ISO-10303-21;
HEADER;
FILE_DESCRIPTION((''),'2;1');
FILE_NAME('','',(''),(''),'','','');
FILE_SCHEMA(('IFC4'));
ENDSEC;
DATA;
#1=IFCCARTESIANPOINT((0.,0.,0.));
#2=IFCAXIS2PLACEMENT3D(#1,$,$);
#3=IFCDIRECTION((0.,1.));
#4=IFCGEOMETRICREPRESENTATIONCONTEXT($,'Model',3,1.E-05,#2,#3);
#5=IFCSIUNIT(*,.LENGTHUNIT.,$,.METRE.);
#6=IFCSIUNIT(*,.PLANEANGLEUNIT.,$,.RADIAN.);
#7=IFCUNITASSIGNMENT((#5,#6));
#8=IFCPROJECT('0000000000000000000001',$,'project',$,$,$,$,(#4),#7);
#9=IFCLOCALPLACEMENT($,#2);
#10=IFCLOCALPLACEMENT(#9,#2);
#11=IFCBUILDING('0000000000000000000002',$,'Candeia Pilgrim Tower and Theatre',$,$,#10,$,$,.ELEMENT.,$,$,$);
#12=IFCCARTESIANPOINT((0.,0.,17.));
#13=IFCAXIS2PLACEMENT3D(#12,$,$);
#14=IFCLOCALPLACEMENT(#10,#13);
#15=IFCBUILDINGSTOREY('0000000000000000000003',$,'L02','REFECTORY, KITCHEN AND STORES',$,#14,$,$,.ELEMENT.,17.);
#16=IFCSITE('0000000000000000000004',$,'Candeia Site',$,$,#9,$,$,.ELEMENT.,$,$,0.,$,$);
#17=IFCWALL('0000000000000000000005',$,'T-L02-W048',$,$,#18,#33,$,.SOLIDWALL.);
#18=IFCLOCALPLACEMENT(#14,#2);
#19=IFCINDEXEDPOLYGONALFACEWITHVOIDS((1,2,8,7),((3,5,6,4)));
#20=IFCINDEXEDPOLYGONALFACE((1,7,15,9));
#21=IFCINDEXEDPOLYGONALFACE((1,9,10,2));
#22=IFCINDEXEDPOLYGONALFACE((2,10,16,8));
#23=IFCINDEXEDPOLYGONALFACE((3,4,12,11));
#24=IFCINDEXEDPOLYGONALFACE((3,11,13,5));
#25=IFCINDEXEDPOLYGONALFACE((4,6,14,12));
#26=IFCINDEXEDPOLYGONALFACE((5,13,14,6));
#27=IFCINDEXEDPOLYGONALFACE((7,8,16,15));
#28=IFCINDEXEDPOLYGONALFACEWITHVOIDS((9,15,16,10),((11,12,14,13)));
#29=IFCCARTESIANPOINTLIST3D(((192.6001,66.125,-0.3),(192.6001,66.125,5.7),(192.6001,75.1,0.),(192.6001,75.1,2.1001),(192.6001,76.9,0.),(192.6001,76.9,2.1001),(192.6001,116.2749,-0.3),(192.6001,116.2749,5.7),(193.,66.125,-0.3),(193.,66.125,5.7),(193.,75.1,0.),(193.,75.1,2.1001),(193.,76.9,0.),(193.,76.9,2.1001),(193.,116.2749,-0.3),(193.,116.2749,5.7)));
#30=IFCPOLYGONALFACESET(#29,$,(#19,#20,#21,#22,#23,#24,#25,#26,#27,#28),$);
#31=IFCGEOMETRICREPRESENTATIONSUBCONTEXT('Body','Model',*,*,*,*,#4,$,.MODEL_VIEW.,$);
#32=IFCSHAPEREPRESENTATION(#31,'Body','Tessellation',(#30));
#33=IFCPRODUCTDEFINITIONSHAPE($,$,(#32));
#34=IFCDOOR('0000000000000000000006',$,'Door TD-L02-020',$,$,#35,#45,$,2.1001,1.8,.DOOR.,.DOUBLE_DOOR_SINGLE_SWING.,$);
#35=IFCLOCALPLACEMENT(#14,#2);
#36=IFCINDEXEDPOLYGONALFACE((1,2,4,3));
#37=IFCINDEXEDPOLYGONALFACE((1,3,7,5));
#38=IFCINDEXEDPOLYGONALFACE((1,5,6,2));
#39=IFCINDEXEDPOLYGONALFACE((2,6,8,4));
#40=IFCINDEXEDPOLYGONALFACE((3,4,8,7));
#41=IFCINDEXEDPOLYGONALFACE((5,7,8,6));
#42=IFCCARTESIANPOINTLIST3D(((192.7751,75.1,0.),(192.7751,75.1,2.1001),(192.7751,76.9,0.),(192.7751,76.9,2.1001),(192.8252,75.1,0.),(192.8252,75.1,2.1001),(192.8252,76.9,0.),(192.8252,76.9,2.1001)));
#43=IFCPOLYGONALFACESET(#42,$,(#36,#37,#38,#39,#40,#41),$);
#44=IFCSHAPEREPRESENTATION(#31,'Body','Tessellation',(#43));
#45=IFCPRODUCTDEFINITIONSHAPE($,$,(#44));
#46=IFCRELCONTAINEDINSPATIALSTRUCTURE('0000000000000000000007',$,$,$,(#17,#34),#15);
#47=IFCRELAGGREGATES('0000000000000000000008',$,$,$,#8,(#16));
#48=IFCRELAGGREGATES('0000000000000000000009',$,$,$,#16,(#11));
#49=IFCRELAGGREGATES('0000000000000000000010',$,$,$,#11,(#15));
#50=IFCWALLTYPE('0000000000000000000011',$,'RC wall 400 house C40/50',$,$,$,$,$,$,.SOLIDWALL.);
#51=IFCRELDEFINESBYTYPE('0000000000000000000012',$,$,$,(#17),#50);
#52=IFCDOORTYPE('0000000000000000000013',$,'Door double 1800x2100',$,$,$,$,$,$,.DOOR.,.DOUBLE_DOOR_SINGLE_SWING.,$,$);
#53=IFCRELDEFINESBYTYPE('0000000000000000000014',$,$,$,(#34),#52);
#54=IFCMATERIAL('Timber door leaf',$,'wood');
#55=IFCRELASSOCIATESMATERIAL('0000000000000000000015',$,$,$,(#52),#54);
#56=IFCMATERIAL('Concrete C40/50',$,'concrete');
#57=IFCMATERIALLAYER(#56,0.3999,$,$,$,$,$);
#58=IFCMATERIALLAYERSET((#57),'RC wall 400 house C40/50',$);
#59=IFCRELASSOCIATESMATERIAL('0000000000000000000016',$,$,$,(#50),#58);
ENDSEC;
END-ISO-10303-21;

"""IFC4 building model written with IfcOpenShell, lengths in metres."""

from ifc_helpers import new_model, si_unit, direction, frame, frame_2d, origin, place, context, subcontext, project, spatial, rectangle, extrude, material, layer, layer_set, type_object, element, fill, save


model = new_model("IFC4")

# Units and contexts
model_context = context("Model", 3, precision=1e-05, world=origin(), true_north=direction((0.0, 1.0)))
body_context = subcontext(model_context, "Body", "Model", "MODEL_VIEW")
ifc_project = project(units=[si_unit("LENGTHUNIT", "METRE"), si_unit("PLANEANGLEUNIT", "RADIAN")], contexts=[model_context])

# Site, building, storey
site_placement = place(None, origin())
site = spatial("IfcSite", under=ifc_project, at=site_placement, Name="Candeia Site", CompositionType="ELEMENT", RefElevation=0.0)
building_placement = place(site_placement, origin())
building = spatial("IfcBuilding", under=site, at=building_placement, Name="Candeia Pilgrim Tower and Theatre", CompositionType="ELEMENT")
storey_placement = place(building_placement, frame((0.0, 0.0, 17.0)))
storey = spatial("IfcBuildingStorey", under=building, at=storey_placement, Name="L02", Description="REFECTORY, KITCHEN AND STORES", CompositionType="ELEMENT", Elevation=17.0)

# Shared definitions
ifc_material_1 = material(Name="Concrete C40/50", Category="concrete")

# Shared definitions
ifc_material_2 = material(Name="Timber door leaf", Category="wood")

# Shared definitions
door_type_1 = type_object("IfcDoorType", Name="Door double 1800x2100", OperationType="DOUBLE_DOOR_SINGLE_SWING", PredefinedType="DOOR", material=ifc_material_2)

# Shared definitions
ifc_layer_1 = layer(ifc_material_1, 0.3999)
ifc_layer_set_1 = layer_set([ifc_layer_1], Name="RC wall 400 house C40/50")
wall_type_1 = type_object("IfcWallType", Name="RC wall 400 house C40/50", PredefinedType="SOLIDWALL", material=ifc_layer_set_1)

# Wall, opening, door
wall_1_placement = place(storey_placement, frame((192.8, 66.125, -0.3), z_axis=(0.0, 0.0, 1.0), x_axis=(0.0, 1.0, 0.0)))
wall_1 = element("IfcWall", 1, at=wall_1_placement, inside=storey, type_object=wall_type_1, Name="T-L02-W048", PredefinedType="SOLIDWALL", context=body_context, shape_type="SweptSolid", body=[
    extrude(rectangle(XDim=50.1499, YDim=0.3999, at=frame_2d((25.075, 0.0))), origin(), (0.0, 0.0, 1.0), 6.0),
])
opening_1_placement = place(wall_1_placement, frame((8.9751, 0.0, 0.3)))
opening_1 = element("IfcOpeningElement", 2, at=opening_1_placement, cuts=wall_1, PredefinedType="OPENING", context=body_context, shape_type="SweptSolid", body=[
    extrude(rectangle(XDim=1.8, YDim=2.1001, at=frame_2d((0.8999, 1.05))), frame((0.0, 0.21, 0.0), z_axis=(0.0, -1.0, 0.0), x_axis=(1.0, 0.0, 0.0)), (0.0, 0.0, 1.0), 0.4199),
])
door_1_placement = place(opening_1_placement, origin())
door_1 = element("IfcDoor", 3, at=door_1_placement, inside=storey, type_object=door_type_1, Name="Door TD-L02-020", OperationType="DOUBLE_DOOR_SINGLE_SWING", OverallHeight=2.1001, OverallWidth=1.8, PredefinedType="DOOR", context=body_context, shape_type="SweptSolid", body=[
    extrude(rectangle(XDim=1.8, YDim=2.1001, at=frame_2d((0.8999, 1.05))), frame((0.0, 0.0249, 0.0), z_axis=(0.0, -1.0, 0.0), x_axis=(1.0, 0.0, 0.0)), (0.0, 0.0, 1.0), 0.05),
])
fill(opening_1, door_1)

save(model, "model.ifc")
